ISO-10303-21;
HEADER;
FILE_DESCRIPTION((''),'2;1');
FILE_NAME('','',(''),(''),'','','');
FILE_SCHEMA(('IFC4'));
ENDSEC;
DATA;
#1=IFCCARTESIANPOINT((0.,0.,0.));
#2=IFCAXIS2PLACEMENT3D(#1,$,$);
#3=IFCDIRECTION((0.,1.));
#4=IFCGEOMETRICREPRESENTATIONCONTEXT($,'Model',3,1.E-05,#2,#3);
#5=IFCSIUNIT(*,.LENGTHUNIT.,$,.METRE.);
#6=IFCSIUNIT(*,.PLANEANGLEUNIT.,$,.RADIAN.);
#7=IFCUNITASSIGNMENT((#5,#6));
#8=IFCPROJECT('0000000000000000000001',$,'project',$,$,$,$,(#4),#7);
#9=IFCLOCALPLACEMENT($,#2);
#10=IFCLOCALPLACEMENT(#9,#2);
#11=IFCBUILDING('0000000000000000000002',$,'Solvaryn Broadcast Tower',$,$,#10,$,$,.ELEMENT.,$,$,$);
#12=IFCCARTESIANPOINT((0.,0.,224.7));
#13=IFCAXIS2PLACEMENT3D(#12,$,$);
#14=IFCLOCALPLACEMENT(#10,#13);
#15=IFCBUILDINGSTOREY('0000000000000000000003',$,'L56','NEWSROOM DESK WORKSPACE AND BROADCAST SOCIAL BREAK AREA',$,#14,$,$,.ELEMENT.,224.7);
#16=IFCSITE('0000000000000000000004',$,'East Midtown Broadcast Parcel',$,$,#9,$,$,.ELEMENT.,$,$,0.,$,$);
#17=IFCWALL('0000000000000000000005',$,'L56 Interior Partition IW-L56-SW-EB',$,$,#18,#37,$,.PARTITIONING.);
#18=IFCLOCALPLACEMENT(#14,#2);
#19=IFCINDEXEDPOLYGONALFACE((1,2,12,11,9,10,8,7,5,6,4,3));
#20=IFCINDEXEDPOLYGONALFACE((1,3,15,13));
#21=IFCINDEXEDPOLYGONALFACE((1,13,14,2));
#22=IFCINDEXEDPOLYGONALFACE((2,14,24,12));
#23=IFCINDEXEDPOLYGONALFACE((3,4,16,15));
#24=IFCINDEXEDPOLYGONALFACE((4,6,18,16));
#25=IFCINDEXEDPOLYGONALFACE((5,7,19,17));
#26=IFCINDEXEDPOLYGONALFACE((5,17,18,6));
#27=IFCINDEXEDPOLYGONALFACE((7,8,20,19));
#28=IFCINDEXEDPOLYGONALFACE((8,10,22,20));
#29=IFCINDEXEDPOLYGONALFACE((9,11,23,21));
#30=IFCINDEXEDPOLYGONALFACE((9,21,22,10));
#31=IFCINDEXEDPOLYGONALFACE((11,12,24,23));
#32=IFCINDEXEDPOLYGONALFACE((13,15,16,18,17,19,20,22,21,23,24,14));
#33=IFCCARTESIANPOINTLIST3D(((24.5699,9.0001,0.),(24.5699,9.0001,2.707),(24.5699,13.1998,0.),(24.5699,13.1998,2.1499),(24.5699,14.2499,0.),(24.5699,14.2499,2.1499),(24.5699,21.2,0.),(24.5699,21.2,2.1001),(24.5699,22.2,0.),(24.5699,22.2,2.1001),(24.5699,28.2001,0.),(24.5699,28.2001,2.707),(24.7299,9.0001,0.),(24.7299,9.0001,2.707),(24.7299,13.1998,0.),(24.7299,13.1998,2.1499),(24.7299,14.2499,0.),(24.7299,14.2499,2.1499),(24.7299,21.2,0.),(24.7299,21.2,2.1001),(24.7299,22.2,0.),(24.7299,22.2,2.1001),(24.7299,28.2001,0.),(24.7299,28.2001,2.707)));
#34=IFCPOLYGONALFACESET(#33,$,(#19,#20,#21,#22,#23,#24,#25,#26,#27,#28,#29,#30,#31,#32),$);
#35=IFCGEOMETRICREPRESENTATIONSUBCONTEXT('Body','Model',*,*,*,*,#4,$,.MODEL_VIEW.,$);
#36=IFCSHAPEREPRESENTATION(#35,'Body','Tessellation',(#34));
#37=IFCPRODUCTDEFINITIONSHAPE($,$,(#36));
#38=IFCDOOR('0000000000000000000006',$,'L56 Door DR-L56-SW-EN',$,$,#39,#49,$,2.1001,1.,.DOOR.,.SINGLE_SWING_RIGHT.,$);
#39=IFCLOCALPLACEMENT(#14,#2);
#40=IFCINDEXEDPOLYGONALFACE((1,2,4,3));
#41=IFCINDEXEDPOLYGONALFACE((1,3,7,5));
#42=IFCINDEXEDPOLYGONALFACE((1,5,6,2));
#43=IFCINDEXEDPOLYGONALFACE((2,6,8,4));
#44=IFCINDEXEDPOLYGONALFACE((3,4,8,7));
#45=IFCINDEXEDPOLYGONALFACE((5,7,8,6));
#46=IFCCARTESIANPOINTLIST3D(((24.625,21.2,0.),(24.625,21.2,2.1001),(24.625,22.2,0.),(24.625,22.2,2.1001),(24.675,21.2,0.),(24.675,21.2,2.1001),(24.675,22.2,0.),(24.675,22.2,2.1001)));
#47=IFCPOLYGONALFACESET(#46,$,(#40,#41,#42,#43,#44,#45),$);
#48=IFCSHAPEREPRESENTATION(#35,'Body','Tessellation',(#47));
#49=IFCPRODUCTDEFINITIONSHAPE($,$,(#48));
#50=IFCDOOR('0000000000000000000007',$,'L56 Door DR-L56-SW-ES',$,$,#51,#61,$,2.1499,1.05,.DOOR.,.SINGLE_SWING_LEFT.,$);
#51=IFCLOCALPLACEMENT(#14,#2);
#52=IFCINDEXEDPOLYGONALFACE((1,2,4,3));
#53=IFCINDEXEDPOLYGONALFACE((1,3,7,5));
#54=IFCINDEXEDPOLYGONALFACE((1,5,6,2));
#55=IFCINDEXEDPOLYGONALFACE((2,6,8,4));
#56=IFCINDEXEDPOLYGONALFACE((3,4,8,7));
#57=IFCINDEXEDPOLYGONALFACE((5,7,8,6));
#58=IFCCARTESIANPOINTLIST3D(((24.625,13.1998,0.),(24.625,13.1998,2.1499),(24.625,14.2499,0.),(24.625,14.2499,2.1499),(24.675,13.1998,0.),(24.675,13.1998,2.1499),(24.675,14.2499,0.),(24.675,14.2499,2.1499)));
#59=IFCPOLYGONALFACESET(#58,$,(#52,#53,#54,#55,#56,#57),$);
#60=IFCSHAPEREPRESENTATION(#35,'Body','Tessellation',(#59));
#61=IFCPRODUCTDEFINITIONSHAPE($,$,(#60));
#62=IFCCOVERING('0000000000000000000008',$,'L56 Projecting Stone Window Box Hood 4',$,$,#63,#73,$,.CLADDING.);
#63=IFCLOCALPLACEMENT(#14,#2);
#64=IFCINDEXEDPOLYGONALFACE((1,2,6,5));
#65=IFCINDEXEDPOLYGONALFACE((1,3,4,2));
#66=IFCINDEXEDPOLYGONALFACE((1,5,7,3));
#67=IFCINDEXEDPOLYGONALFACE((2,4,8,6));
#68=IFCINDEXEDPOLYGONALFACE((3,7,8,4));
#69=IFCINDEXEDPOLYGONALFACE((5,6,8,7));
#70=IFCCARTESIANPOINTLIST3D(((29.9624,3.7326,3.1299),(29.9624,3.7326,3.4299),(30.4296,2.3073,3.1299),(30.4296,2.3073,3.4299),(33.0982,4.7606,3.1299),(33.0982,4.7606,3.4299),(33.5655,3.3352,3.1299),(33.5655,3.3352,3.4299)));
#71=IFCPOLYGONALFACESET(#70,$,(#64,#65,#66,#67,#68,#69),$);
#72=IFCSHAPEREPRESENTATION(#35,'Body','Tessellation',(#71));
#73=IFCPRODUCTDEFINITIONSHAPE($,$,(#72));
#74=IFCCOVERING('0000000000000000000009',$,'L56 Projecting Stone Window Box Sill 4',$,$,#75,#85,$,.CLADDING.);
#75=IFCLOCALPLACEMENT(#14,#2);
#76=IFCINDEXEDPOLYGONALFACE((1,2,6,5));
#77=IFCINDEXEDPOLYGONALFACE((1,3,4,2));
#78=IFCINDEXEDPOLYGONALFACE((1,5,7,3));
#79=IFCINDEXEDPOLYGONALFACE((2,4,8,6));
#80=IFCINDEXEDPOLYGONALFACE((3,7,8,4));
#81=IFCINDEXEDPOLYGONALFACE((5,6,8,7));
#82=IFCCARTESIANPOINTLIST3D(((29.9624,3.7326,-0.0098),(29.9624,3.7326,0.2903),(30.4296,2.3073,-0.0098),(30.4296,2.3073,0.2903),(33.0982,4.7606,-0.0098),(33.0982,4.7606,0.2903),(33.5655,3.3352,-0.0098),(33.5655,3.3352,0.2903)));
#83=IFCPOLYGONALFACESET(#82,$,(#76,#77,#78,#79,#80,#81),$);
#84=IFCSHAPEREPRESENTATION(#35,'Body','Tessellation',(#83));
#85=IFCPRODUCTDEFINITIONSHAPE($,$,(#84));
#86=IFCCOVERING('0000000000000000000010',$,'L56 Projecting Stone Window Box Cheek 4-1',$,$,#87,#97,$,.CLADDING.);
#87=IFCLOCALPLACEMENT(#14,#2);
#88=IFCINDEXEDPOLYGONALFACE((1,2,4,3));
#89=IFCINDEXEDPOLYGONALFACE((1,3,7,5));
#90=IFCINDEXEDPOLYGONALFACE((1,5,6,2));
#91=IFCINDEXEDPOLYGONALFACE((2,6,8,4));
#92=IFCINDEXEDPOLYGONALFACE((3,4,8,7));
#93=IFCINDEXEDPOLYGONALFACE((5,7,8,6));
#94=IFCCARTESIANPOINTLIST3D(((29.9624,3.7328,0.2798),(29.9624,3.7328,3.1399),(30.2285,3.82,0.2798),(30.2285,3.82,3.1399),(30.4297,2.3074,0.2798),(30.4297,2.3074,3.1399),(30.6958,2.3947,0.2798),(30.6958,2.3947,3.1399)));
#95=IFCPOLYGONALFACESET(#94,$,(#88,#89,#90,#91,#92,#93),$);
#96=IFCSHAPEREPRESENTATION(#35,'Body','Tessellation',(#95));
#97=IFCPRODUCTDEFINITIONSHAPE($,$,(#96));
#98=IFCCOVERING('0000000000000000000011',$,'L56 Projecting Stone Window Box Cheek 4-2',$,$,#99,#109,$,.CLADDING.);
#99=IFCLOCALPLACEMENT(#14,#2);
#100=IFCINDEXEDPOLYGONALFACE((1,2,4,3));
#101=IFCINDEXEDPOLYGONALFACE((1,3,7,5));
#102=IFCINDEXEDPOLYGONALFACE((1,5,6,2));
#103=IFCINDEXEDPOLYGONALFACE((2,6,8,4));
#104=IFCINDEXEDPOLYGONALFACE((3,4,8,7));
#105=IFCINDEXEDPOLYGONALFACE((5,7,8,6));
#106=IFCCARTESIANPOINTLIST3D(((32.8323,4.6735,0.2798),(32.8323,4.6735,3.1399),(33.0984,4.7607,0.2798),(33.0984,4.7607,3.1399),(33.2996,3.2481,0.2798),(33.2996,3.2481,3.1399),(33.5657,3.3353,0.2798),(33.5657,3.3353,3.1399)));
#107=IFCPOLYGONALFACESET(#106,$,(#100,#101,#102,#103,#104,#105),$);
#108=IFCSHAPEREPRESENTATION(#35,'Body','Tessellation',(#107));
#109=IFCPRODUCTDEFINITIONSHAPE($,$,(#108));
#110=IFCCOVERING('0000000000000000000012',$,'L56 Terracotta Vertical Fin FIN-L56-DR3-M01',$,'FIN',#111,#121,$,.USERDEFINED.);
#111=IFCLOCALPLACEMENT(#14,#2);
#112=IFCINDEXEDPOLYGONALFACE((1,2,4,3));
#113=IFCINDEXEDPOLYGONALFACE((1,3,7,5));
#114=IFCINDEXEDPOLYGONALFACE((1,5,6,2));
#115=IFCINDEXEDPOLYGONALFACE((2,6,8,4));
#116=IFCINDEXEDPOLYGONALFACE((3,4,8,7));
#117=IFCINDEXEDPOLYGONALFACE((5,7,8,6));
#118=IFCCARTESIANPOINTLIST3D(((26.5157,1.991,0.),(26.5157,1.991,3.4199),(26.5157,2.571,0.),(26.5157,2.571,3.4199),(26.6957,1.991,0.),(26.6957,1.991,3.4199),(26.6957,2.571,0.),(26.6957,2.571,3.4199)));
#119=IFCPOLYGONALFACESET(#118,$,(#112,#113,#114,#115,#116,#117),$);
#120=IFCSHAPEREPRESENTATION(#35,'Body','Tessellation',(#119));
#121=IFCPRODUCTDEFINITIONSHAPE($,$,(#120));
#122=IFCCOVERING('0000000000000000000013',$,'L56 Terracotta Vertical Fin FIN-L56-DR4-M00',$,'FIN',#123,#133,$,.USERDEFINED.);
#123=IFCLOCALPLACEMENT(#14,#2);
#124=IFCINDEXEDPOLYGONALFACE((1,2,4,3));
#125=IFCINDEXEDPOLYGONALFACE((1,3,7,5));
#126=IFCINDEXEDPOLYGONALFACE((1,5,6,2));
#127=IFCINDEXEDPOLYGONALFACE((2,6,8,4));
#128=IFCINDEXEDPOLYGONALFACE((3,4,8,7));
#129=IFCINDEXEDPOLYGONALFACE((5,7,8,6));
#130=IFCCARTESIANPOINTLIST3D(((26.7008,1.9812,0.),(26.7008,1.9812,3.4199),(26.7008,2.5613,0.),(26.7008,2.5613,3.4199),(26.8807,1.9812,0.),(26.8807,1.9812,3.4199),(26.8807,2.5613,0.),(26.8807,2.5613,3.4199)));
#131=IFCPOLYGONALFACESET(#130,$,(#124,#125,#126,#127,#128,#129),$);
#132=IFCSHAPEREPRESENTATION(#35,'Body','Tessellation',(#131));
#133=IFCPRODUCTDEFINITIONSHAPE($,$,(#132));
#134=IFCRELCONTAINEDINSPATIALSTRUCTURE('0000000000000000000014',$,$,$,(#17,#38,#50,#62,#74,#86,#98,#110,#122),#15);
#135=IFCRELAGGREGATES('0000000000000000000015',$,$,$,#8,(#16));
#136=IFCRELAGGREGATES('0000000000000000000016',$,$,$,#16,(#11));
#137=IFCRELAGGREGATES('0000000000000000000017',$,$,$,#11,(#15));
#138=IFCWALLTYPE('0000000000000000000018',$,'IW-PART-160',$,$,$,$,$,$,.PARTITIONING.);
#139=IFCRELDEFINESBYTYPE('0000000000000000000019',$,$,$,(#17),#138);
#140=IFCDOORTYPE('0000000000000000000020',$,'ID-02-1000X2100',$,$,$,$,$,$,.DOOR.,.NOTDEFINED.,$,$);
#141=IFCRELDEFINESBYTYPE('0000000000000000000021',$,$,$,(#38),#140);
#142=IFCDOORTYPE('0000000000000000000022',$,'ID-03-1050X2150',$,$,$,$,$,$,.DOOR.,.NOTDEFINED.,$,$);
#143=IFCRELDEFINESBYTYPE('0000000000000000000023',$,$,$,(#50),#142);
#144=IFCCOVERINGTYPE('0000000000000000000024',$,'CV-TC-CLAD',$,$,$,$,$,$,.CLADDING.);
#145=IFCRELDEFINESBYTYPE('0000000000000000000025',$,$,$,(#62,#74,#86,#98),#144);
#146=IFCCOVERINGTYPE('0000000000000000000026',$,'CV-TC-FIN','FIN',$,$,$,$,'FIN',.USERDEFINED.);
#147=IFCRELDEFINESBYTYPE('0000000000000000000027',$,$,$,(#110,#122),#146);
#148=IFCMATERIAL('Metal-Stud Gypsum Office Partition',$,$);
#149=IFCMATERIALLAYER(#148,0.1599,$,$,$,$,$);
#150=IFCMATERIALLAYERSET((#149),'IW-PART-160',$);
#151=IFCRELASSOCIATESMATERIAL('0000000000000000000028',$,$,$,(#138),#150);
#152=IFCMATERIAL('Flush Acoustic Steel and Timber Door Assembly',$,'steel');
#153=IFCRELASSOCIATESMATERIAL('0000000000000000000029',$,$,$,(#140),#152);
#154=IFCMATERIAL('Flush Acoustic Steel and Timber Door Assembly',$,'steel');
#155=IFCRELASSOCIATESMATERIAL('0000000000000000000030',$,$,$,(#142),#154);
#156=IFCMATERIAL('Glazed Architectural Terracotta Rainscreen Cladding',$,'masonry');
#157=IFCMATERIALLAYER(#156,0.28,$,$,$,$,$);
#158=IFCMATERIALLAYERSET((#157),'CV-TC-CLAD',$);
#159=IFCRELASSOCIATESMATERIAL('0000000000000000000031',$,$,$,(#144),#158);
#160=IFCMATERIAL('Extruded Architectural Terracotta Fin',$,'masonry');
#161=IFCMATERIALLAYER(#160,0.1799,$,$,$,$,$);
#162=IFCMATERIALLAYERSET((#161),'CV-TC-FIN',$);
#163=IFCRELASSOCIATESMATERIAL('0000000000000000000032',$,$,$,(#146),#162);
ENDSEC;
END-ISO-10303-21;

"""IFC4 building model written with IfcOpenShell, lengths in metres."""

from ifc_helpers import new_model, si_unit, direction, frame, frame_2d, origin, origin_2d, place, context, subcontext, project, spatial, rectangle, extrude, material, layer, layer_set, type_object, element, fill, save


model = new_model("IFC4")

# Units and contexts
model_context = context("Model", 3, precision=1e-05, world=origin(), true_north=direction((0.0, 1.0)))
body_context = subcontext(model_context, "Body", "Model", "MODEL_VIEW")
ifc_project = project(units=[si_unit("LENGTHUNIT", "METRE"), si_unit("PLANEANGLEUNIT", "RADIAN")], contexts=[model_context])

# Site, building, storey
site_placement = place(None, origin())
site = spatial("IfcSite", under=ifc_project, at=site_placement, Name="East Midtown Broadcast Parcel", CompositionType="ELEMENT", RefElevation=0.0)
building_placement = place(site_placement, origin())
building = spatial("IfcBuilding", under=site, at=building_placement, Name="Solvaryn Broadcast Tower", CompositionType="ELEMENT")
storey_placement = place(building_placement, frame((0.0, 0.0, 224.7)))
storey = spatial("IfcBuildingStorey", under=building, at=storey_placement, Name="L56", Description="NEWSROOM DESK WORKSPACE AND BROADCAST SOCIAL BREAK AREA", CompositionType="ELEMENT", Elevation=224.7)

# Wall, openings, doors
ifc_material_1 = material(Name="Metal-Stud Gypsum Office Partition")
ifc_layer_1 = layer(ifc_material_1, 0.1599)
ifc_layer_set_1 = layer_set([ifc_layer_1], Name="IW-PART-160")
wall_type_1 = type_object("IfcWallType", Name="IW-PART-160", PredefinedType="PARTITIONING", material=ifc_layer_set_1)
wall_1_placement = place(storey_placement, frame((24.6499, 9.0, 0.0), z_axis=(0.0, 0.0, 1.0), x_axis=(0.0, 1.0, 0.0)))
wall_1 = element("IfcWall", 1, at=wall_1_placement, inside=storey, type_object=wall_type_1, Name="L56 Interior Partition IW-L56-SW-EB", PredefinedType="PARTITIONING", context=body_context, shape_type="SweptSolid", body=[
    extrude(rectangle(XDim=19.2, YDim=0.1599, at=frame_2d((9.6001, 0.0))), origin(), (0.0, 0.0, 1.0), 2.707),
])
opening_1_placement = place(wall_1_placement, frame((12.2, 0.0, 0.0)))
opening_1 = element("IfcOpeningElement", 2, at=opening_1_placement, cuts=wall_1, PredefinedType="OPENING", context=body_context, shape_type="SweptSolid", body=[
    extrude(rectangle(XDim=1.0, YDim=2.1001, at=frame_2d((0.5, 1.05))), frame((0.0, 0.0901, 0.0), z_axis=(0.0, -1.0, 0.0), x_axis=(1.0, 0.0, 0.0)), (0.0, 0.0, 1.0), 0.1799),
])
opening_2_placement = place(wall_1_placement, frame((4.2, 0.0, 0.0)))
opening_2 = element("IfcOpeningElement", 3, at=opening_2_placement, cuts=wall_1, PredefinedType="OPENING", context=body_context, shape_type="SweptSolid", body=[
    extrude(rectangle(XDim=1.05, YDim=2.1499, at=frame_2d((0.5249, 1.075))), frame((0.0, 0.0901, 0.0), z_axis=(0.0, -1.0, 0.0), x_axis=(1.0, 0.0, 0.0)), (0.0, 0.0, 1.0), 0.1799),
])
ifc_material_2 = material(Name="Flush Acoustic Steel and Timber Door Assembly", Category="steel")
door_type_1 = type_object("IfcDoorType", Name="ID-02-1000X2100", OperationType="NOTDEFINED", PredefinedType="DOOR", material=ifc_material_2)
door_1_placement = place(opening_1_placement, origin())
door_1 = element("IfcDoor", 4, at=door_1_placement, inside=storey, type_object=door_type_1, Name="L56 Door DR-L56-SW-EN", OperationType="SINGLE_SWING_RIGHT", OverallHeight=2.1001, OverallWidth=1.0, PredefinedType="DOOR", context=body_context, shape_type="SweptSolid", body=[
    extrude(rectangle(XDim=1.0, YDim=2.1001, at=frame_2d((0.5, 1.05))), frame((0.0, 0.0249, 0.0), z_axis=(0.0, -1.0, 0.0), x_axis=(1.0, 0.0, 0.0)), (0.0, 0.0, 1.0), 0.05),
])
fill(opening_1, door_1)
ifc_material_3 = material(Name="Flush Acoustic Steel and Timber Door Assembly", Category="steel")
door_type_2 = type_object("IfcDoorType", Name="ID-03-1050X2150", OperationType="NOTDEFINED", PredefinedType="DOOR", material=ifc_material_3)
door_2_placement = place(opening_2_placement, origin())
door_2 = element("IfcDoor", 5, at=door_2_placement, inside=storey, type_object=door_type_2, Name="L56 Door DR-L56-SW-ES", OperationType="SINGLE_SWING_LEFT", OverallHeight=2.1499, OverallWidth=1.05, PredefinedType="DOOR", context=body_context, shape_type="SweptSolid", body=[
    extrude(rectangle(XDim=1.05, YDim=2.1499, at=frame_2d((0.5249, 1.075))), frame((0.0, 0.0249, 0.0), z_axis=(0.0, -1.0, 0.0), x_axis=(1.0, 0.0, 0.0)), (0.0, 0.0, 1.0), 0.05),
])
fill(opening_2, door_2)

# Coverings
ifc_material_4 = material(Name="Glazed Architectural Terracotta Rainscreen Cladding", Category="masonry")
ifc_layer_2 = layer(ifc_material_4, 0.28)
ifc_layer_set_2 = layer_set([ifc_layer_2], Name="CV-TC-CLAD")
covering_type_1 = type_object("IfcCoveringType", Name="CV-TC-CLAD", PredefinedType="CLADDING", material=ifc_layer_set_2)
for number, where, z_axis, x_axis, name in (
    (6, (31.7639, 3.5339, 3.1299), (0.0, 0.0, 1.0), (0.950244, 0.311506, 0.0), "L56 Projecting Stone Window Box Hood 4"),
    (7, (31.7639, 3.5339, -0.0098), (0.0, 0.0, 1.0), (0.950244, 0.311506, 0.0), "L56 Projecting Stone Window Box Sill 4"),
):
    element("IfcCovering", number, at=place(storey_placement, frame(where, z_axis=z_axis, x_axis=x_axis)), inside=storey, type_object=covering_type_1, Name=name, PredefinedType="CLADDING", context=body_context, shape_type="SweptSolid", body=[
        extrude(rectangle(XDim=3.3, YDim=1.5, at=origin_2d()), origin(), (0.0, 0.0, 1.0), 0.3),
    ])
for number, where, z_axis, x_axis, name in (
    (8, (30.3291, 3.0637, 0.2798), (0.0, 0.0, 1.0), (0.950244, 0.311506, 0.0), "L56 Projecting Stone Window Box Cheek 4-1"),
    (9, (33.199, 4.0044, 0.2798), (0.0, 0.0, 1.0), (0.950244, 0.311506, 0.0), "L56 Projecting Stone Window Box Cheek 4-2"),
):
    element("IfcCovering", number, at=place(storey_placement, frame(where, z_axis=z_axis, x_axis=x_axis)), inside=storey, type_object=covering_type_1, Name=name, PredefinedType="CLADDING", context=body_context, shape_type="SweptSolid", body=[
        extrude(rectangle(XDim=0.28, YDim=1.5, at=origin_2d()), origin(), (0.0, 0.0, 1.0), 2.8601),
    ])
ifc_material_5 = material(Name="Extruded Architectural Terracotta Fin", Category="masonry")
ifc_layer_3 = layer(ifc_material_5, 0.1799)
ifc_layer_set_3 = layer_set([ifc_layer_3], Name="CV-TC-FIN")
covering_type_2 = type_object("IfcCoveringType", Name="CV-TC-FIN", Description="FIN", ElementType="FIN", PredefinedType="USERDEFINED", material=ifc_layer_set_3)
for number, where, z_axis, x_axis, name in (
    (10, (26.6057, 2.281, 0.0), (0.0, 0.0, 1.0), (1.0, 0.0, 0.0), "L56 Terracotta Vertical Fin FIN-L56-DR3-M01"),
    (11, (26.7908, 2.2712, 0.0), (0.0, 0.0, 1.0), (1.0, 0.0, 0.0), "L56 Terracotta Vertical Fin FIN-L56-DR4-M00"),
):
    element("IfcCovering", number, at=place(storey_placement, frame(where, z_axis=z_axis, x_axis=x_axis)), inside=storey, type_object=covering_type_2, Name=name, ObjectType="FIN", PredefinedType="USERDEFINED", context=body_context, shape_type="SweptSolid", body=[
        extrude(rectangle(XDim=0.1799, YDim=0.5801, at=origin_2d()), origin(), (0.0, 0.0, 1.0), 3.4199),
    ])

save(model, "model.ifc")
